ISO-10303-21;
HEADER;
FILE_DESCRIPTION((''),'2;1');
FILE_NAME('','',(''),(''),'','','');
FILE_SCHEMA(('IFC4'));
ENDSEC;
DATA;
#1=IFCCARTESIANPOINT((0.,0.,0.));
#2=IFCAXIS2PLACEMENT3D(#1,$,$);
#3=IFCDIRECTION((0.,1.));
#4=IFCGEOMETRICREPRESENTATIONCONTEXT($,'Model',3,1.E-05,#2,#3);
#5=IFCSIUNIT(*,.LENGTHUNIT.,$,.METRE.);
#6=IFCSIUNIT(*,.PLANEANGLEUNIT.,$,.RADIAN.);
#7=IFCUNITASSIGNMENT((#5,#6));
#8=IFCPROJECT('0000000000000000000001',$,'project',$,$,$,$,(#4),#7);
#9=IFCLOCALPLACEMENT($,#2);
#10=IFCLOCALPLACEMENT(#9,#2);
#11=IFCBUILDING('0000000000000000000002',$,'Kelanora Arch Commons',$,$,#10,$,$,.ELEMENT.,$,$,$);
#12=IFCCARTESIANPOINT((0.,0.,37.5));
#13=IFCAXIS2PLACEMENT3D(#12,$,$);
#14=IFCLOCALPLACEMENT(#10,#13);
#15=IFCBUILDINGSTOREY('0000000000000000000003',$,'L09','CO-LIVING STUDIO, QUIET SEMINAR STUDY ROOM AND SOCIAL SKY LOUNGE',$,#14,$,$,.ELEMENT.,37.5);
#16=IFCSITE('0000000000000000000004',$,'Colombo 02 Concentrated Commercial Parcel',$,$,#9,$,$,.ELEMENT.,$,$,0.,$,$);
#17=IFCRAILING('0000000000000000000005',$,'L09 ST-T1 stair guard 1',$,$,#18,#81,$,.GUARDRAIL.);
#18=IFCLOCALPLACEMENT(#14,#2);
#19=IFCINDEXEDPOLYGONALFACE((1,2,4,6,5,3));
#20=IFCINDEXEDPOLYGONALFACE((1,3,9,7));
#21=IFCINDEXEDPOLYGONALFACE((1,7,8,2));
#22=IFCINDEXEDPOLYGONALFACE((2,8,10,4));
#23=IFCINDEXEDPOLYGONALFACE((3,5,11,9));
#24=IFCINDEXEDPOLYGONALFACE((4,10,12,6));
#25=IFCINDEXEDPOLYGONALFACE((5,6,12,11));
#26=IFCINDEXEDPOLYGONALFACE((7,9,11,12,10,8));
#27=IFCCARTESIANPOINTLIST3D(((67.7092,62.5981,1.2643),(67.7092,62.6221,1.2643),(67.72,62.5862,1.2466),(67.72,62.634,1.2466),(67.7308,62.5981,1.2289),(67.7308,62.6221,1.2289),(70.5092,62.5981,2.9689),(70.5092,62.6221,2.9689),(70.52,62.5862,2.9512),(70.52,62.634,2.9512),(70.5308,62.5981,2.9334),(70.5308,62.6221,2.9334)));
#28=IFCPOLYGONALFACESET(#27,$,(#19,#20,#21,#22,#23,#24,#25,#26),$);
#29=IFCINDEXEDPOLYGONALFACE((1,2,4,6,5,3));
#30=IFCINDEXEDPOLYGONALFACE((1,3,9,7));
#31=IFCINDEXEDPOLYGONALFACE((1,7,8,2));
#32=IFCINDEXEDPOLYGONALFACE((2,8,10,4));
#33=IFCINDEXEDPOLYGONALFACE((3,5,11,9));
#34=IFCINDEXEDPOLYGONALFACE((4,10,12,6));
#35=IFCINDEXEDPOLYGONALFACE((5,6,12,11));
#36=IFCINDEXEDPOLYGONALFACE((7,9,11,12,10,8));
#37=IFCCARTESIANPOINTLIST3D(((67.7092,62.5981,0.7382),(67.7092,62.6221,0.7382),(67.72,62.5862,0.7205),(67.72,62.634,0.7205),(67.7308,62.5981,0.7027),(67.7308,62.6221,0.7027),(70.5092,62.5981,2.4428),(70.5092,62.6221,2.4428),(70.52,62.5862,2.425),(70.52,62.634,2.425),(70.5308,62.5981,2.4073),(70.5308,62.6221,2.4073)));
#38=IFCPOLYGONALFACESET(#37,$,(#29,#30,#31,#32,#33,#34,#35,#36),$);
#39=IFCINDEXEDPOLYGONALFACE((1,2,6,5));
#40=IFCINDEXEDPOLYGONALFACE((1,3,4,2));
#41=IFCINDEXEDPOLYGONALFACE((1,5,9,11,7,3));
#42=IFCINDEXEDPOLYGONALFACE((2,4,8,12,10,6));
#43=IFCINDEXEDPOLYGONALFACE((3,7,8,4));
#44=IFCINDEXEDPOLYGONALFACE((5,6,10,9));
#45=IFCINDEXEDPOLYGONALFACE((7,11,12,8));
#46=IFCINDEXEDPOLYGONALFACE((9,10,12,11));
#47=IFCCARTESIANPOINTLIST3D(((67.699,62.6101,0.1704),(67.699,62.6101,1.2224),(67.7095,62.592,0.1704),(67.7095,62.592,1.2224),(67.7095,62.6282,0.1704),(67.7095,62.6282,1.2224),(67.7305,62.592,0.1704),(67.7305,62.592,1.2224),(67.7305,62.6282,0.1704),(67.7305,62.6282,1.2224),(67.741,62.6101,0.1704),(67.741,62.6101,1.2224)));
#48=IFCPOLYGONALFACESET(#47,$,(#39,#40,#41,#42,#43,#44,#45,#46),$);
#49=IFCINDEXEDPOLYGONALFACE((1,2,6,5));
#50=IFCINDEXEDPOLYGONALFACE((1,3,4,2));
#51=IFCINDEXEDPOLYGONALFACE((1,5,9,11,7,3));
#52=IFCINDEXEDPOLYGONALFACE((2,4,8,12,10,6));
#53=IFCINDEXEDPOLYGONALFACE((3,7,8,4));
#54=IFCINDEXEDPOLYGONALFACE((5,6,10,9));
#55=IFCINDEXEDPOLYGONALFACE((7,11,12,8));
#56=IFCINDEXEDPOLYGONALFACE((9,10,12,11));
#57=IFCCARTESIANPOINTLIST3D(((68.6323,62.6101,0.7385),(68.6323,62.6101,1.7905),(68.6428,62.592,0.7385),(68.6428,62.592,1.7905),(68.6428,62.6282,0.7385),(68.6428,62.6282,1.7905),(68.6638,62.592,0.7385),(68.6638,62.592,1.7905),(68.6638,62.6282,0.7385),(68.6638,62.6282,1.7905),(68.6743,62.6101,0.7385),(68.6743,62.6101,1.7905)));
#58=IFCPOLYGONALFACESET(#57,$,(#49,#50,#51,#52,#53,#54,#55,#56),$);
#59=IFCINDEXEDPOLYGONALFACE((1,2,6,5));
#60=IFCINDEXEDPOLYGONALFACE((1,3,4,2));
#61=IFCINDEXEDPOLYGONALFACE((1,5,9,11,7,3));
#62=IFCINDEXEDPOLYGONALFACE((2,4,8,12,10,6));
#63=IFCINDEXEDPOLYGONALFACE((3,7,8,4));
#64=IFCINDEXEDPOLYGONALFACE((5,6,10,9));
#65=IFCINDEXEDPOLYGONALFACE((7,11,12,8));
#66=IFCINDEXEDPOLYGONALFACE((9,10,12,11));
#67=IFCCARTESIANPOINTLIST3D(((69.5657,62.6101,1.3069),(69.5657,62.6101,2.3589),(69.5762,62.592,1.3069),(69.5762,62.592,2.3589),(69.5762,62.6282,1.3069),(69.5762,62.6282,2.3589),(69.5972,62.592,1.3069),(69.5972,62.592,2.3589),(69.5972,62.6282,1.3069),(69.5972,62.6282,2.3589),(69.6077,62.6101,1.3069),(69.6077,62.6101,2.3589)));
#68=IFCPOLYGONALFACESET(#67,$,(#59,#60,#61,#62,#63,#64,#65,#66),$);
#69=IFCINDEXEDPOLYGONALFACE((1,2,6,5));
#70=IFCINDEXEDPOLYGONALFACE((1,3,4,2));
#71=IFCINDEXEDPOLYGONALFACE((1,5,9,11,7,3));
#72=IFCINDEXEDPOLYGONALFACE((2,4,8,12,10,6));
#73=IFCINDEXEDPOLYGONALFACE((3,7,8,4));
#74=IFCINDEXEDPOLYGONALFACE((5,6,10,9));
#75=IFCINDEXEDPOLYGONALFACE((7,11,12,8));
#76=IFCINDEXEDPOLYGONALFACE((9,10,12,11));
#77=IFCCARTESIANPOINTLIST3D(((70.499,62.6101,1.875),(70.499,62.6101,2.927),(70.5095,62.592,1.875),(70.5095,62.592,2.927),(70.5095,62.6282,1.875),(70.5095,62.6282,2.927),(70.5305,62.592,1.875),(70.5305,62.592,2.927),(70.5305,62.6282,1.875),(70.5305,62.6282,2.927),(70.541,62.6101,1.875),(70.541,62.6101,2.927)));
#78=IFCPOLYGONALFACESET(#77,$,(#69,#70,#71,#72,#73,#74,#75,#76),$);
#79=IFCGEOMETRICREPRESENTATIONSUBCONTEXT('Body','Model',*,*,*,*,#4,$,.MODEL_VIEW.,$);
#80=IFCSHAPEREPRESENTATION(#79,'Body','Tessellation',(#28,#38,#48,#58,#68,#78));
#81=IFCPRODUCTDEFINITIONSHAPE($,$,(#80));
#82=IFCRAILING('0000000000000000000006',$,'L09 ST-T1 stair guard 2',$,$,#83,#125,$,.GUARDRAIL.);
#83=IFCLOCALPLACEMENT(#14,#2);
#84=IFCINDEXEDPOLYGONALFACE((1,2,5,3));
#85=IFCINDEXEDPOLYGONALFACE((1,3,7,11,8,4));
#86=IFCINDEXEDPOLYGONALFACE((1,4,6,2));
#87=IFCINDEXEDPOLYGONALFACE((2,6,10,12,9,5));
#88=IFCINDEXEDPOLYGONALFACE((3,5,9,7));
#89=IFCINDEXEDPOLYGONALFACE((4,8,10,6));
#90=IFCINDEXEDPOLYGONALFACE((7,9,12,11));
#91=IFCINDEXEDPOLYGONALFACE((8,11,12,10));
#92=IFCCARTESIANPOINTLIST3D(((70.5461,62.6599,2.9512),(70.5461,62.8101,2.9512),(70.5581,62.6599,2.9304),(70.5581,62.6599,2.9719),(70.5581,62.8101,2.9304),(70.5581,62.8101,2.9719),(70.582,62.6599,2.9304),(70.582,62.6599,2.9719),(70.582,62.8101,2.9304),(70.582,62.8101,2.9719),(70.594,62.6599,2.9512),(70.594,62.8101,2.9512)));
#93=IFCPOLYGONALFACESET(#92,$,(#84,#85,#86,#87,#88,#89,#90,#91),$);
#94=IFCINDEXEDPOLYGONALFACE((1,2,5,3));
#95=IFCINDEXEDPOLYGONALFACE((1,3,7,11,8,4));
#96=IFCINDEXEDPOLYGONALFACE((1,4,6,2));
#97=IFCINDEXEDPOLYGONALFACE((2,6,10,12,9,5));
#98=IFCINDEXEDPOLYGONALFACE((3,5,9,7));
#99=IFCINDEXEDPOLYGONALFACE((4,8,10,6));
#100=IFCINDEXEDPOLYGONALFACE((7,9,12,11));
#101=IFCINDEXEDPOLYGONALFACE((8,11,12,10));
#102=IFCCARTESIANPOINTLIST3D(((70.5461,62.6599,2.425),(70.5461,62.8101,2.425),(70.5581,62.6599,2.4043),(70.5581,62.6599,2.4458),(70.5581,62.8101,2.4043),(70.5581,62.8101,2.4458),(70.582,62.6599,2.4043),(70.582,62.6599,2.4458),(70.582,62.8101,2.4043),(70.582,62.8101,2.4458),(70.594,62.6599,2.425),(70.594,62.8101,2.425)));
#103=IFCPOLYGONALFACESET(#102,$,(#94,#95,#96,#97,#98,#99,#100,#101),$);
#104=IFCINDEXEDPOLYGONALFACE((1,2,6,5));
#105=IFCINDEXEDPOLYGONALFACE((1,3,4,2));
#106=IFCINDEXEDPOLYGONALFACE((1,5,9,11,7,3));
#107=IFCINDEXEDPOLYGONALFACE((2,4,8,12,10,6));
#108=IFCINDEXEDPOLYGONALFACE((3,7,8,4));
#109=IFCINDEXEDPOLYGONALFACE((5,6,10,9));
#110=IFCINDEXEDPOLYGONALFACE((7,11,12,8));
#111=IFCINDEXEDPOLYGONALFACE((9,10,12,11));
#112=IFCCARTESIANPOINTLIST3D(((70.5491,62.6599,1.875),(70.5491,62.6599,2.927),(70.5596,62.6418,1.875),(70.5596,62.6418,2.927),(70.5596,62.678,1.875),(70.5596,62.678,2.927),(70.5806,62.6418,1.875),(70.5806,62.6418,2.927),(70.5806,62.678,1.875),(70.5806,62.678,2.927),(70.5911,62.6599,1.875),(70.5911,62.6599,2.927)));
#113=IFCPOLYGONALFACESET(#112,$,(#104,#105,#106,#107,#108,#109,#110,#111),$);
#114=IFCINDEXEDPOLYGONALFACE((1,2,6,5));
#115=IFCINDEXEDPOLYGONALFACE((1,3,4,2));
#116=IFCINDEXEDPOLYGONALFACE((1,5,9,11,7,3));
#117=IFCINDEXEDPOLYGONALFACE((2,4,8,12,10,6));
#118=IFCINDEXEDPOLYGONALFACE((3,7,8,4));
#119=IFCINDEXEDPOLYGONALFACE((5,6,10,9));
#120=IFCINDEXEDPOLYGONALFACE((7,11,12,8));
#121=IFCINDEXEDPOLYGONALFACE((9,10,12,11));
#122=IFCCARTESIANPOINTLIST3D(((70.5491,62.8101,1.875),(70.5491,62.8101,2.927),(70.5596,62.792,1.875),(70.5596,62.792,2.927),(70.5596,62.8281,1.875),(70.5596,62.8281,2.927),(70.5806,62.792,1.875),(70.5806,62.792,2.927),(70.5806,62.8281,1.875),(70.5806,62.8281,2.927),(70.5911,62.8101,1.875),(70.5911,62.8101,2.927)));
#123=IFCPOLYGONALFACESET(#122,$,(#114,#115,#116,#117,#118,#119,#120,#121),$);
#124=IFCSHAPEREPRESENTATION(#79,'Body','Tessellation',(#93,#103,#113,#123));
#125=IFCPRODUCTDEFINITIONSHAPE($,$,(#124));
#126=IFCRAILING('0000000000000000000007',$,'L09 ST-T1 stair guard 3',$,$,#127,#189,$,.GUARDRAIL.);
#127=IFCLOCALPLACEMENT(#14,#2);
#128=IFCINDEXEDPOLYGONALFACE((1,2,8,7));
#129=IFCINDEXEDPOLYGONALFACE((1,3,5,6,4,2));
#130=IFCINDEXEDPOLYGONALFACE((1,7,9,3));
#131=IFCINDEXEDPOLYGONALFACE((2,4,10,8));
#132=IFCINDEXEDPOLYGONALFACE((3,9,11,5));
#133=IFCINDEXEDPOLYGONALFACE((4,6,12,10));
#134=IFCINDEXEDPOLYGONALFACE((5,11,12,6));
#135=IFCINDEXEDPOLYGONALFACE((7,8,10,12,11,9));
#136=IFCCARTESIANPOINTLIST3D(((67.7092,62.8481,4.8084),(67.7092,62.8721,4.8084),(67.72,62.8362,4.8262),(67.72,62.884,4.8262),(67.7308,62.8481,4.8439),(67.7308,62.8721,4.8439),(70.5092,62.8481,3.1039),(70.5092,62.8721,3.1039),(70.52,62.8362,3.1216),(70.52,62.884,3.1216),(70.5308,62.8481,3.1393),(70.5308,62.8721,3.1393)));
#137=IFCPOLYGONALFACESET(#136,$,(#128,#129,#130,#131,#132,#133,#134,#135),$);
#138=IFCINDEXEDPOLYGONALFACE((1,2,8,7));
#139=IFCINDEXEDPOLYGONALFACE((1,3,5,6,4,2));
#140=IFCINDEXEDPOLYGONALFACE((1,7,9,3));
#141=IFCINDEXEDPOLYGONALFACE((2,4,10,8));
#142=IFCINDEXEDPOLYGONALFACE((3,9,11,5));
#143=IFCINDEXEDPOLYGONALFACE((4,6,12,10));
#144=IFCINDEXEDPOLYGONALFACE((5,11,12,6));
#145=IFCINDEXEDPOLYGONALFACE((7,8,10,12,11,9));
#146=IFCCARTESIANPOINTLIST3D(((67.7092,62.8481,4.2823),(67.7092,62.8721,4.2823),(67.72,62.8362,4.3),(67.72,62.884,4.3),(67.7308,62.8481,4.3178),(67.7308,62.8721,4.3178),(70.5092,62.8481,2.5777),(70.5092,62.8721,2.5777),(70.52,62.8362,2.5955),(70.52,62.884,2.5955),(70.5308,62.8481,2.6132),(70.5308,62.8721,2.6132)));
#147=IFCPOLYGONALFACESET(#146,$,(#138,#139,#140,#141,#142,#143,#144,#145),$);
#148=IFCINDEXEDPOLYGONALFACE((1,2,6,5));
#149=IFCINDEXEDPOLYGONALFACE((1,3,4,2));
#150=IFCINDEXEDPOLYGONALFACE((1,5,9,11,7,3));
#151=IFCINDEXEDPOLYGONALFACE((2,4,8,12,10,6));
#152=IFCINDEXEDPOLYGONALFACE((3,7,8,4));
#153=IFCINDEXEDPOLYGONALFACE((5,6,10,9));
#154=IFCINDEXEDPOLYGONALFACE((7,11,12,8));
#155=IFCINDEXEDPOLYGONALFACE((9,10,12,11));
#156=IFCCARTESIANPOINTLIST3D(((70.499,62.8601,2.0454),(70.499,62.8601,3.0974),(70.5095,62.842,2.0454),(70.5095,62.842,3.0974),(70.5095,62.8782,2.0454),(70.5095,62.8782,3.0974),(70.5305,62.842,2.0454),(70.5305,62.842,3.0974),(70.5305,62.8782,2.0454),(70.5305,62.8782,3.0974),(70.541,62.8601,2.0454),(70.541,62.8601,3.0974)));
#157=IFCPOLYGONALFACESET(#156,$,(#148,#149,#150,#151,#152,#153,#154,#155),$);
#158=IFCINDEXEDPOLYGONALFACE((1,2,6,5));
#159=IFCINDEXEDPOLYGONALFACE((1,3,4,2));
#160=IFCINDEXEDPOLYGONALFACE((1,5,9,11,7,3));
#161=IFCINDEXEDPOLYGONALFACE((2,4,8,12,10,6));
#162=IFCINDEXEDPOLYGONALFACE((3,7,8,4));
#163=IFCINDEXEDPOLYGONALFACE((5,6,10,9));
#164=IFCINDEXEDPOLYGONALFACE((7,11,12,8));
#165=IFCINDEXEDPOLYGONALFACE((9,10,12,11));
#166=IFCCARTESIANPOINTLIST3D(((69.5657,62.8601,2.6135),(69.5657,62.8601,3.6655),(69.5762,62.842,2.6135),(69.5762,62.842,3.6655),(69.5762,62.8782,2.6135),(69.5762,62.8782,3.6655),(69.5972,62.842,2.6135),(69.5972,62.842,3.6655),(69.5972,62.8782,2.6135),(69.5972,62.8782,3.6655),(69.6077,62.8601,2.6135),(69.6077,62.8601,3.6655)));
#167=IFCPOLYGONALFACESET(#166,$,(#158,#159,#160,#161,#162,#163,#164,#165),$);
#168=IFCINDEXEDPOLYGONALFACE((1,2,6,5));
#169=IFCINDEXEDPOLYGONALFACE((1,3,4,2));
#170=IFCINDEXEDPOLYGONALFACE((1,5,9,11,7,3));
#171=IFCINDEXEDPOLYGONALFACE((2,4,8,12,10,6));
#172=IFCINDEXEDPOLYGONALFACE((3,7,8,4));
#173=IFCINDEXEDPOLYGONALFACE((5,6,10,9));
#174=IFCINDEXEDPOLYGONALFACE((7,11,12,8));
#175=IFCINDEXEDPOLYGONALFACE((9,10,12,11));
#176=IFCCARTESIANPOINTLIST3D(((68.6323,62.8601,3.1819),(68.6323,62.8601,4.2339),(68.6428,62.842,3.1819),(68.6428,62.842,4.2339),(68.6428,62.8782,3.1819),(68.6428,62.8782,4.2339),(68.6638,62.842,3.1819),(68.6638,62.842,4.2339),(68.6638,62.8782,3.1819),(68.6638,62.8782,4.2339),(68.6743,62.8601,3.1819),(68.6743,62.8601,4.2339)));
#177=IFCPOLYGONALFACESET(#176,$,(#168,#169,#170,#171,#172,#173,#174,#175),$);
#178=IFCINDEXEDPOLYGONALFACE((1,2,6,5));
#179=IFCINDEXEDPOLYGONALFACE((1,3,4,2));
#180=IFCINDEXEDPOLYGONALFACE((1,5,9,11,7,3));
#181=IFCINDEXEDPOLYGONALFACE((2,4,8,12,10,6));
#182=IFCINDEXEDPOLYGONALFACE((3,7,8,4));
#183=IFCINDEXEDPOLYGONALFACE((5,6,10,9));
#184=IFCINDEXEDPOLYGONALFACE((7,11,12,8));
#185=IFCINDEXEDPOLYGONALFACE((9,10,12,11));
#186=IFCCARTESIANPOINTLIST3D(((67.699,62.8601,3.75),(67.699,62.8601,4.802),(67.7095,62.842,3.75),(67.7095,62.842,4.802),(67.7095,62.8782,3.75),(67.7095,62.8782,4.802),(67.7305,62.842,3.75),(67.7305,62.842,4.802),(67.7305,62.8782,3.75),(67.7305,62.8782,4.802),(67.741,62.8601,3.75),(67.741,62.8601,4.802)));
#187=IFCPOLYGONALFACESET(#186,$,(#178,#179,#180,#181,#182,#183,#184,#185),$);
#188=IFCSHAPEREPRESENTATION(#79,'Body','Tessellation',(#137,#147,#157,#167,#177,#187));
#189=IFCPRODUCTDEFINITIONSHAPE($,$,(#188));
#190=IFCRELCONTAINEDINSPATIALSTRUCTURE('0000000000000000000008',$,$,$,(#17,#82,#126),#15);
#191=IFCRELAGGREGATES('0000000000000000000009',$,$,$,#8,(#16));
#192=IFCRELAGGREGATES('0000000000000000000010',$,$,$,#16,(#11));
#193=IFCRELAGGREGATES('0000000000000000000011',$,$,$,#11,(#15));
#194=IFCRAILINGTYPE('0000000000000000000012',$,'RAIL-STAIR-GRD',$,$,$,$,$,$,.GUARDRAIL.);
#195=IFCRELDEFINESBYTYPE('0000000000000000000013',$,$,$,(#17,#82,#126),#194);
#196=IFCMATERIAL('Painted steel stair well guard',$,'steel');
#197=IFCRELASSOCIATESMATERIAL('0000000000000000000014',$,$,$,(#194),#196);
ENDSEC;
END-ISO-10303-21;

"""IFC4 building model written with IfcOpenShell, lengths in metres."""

from ifc_helpers import new_model, si_unit, direction, frame, origin, place, context, subcontext, project, spatial, polyline, outline, extrude, material, type_object, element, save


model = new_model("IFC4")

# Units and contexts
model_context = context("Model", 3, precision=1e-05, world=origin(), true_north=direction((0.0, 1.0)))
body_context = subcontext(model_context, "Body", "Model", "MODEL_VIEW")
ifc_project = project(units=[si_unit("LENGTHUNIT", "METRE"), si_unit("PLANEANGLEUNIT", "RADIAN")], contexts=[model_context])

# Site, building, storey
site_placement = place(None, origin())
site = spatial("IfcSite", under=ifc_project, at=site_placement, Name="Colombo 02 Concentrated Commercial Parcel", CompositionType="ELEMENT", RefElevation=0.0)
building_placement = place(site_placement, origin())
building = spatial("IfcBuilding", under=site, at=building_placement, Name="Kelanora Arch Commons", CompositionType="ELEMENT")
storey_placement = place(building_placement, frame((0.0, 0.0, 37.5)))
storey = spatial("IfcBuildingStorey", under=building, at=storey_placement, Name="L09", Description="CO-LIVING STUDIO, QUIET SEMINAR STUDY ROOM AND SOCIAL SKY LOUNGE", CompositionType="ELEMENT", Elevation=37.5)

# Railings
ifc_material_1 = material(Name="Painted steel stair well guard", Category="steel")
railing_type_1 = type_object("IfcRailingType", Name="RAIL-STAIR-GRD", PredefinedType="GUARDRAIL", material=ifc_material_1)
railing_1_placement = place(storey_placement, frame((67.72, 62.6101, 0.1704)))
element("IfcRailing", 1, at=railing_1_placement, inside=storey, type_object=railing_type_1, Name="L09 ST-T1 stair guard 1", PredefinedType="GUARDRAIL", context=body_context, shape_type="SweptSolid", body=[
    extrude(outline(polyline([(0.0239, 0.0), (0.012, 0.0208), (-0.012, 0.0208), (-0.0239, 0.0), (-0.012, -0.0208), (0.012, -0.0208), (0.0239, 0.0)])), frame((0.0, 0.0, 1.0762), z_axis=(0.85417, 0.0, 0.519994), x_axis=(0.0, 1.0, 0.0)), (0.0, 0.0, 1.0), 3.2781),
    extrude(outline(polyline([(0.0239, 0.0), (0.012, 0.0208), (-0.012, 0.0208), (-0.0239, 0.0), (-0.012, -0.0208), (0.012, -0.0208), (0.0239, 0.0)])), frame((0.0, 0.0, 0.55), z_axis=(0.85417, 0.0, 0.519994), x_axis=(0.0, 1.0, 0.0)), (0.0, 0.0, 1.0), 3.2781),
    extrude(outline(polyline([(0.021, 0.0), (0.0105, 0.0181), (-0.0105, 0.0181), (-0.021, 0.0), (-0.0105, -0.0181), (0.0105, -0.0181), (0.021, 0.0)])), origin(), (0.0, 0.0, 1.0), 1.052),
    extrude(outline(polyline([(0.021, 0.0), (0.0105, 0.0181), (-0.0105, 0.0181), (-0.021, 0.0), (-0.0105, -0.0181), (0.0105, -0.0181), (0.021, 0.0)])), frame((0.9333, 0.0, 0.5681)), (0.0, 0.0, 1.0), 1.052),
    extrude(outline(polyline([(0.021, 0.0), (0.0105, 0.0181), (-0.0105, 0.0181), (-0.021, 0.0), (-0.0105, -0.0181), (0.0105, -0.0181), (0.021, 0.0)])), frame((1.8667, 0.0, 1.1365)), (0.0, 0.0, 1.0), 1.052),
    extrude(outline(polyline([(0.021, 0.0), (0.0105, 0.0181), (-0.0105, 0.0181), (-0.021, 0.0), (-0.0105, -0.0181), (0.0105, -0.0181), (0.021, 0.0)])), frame((2.8, 0.0, 1.7046)), (0.0, 0.0, 1.0), 1.052),
])
railing_2_placement = place(storey_placement, frame((70.5701, 62.6599, 1.875)))
element("IfcRailing", 2, at=railing_2_placement, inside=storey, type_object=railing_type_1, Name="L09 ST-T1 stair guard 2", PredefinedType="GUARDRAIL", context=body_context, shape_type="SweptSolid", body=[
    extrude(outline(polyline([(0.0239, 0.0), (0.012, 0.0208), (-0.012, 0.0208), (-0.0239, 0.0), (-0.012, -0.0208), (0.012, -0.0208), (0.0239, 0.0)])), frame((0.0, 0.0, 1.0762), z_axis=(0.0, 1.0, 0.0), x_axis=(-1.0, 0.0, 0.0)), (0.0, 0.0, 1.0), 0.1501),
    extrude(outline(polyline([(0.0239, 0.0), (0.012, 0.0208), (-0.012, 0.0208), (-0.0239, 0.0), (-0.012, -0.0208), (0.012, -0.0208), (0.0239, 0.0)])), frame((0.0, 0.0, 0.55), z_axis=(0.0, 1.0, 0.0), x_axis=(-1.0, 0.0, 0.0)), (0.0, 0.0, 1.0), 0.1501),
    extrude(outline(polyline([(0.021, 0.0), (0.0105, 0.0181), (-0.0105, 0.0181), (-0.021, 0.0), (-0.0105, -0.0181), (0.0105, -0.0181), (0.021, 0.0)])), origin(), (0.0, 0.0, 1.0), 1.052),
    extrude(outline(polyline([(0.021, 0.0), (0.0105, 0.0181), (-0.0105, 0.0181), (-0.021, 0.0), (-0.0105, -0.0181), (0.0105, -0.0181), (0.021, 0.0)])), frame((0.0, 0.1501, 0.0)), (0.0, 0.0, 1.0), 1.052),
])
railing_3_placement = place(storey_placement, frame((70.52, 62.8601, 2.0454)))
element("IfcRailing", 3, at=railing_3_placement, inside=storey, type_object=railing_type_1, Name="L09 ST-T1 stair guard 3", PredefinedType="GUARDRAIL", context=body_context, shape_type="SweptSolid", body=[
    extrude(outline(polyline([(0.0239, 0.0), (0.012, 0.0208), (-0.012, 0.0208), (-0.0239, 0.0), (-0.012, -0.0208), (0.012, -0.0208), (0.0239, 0.0)])), frame((0.0, 0.0, 1.0762), z_axis=(-0.85417, 0.0, 0.519994), x_axis=(0.0, -1.0, 0.0)), (0.0, 0.0, 1.0), 3.2781),
    extrude(outline(polyline([(0.0239, 0.0), (0.012, 0.0208), (-0.012, 0.0208), (-0.0239, 0.0), (-0.012, -0.0208), (0.012, -0.0208), (0.0239, 0.0)])), frame((0.0, 0.0, 0.55), z_axis=(-0.85417, 0.0, 0.519994), x_axis=(0.0, -1.0, 0.0)), (0.0, 0.0, 1.0), 3.2781),
    extrude(outline(polyline([(0.021, 0.0), (0.0105, 0.0181), (-0.0105, 0.0181), (-0.021, 0.0), (-0.0105, -0.0181), (0.0105, -0.0181), (0.021, 0.0)])), origin(), (0.0, 0.0, 1.0), 1.052),
    extrude(outline(polyline([(0.021, 0.0), (0.0105, 0.0181), (-0.0105, 0.0181), (-0.021, 0.0), (-0.0105, -0.0181), (0.0105, -0.0181), (0.021, 0.0)])), frame((-0.9333, 0.0, 0.5681)), (0.0, 0.0, 1.0), 1.052),
    extrude(outline(polyline([(0.021, 0.0), (0.0105, 0.0181), (-0.0105, 0.0181), (-0.021, 0.0), (-0.0105, -0.0181), (0.0105, -0.0181), (0.021, 0.0)])), frame((-1.8667, 0.0, 1.1365)), (0.0, 0.0, 1.0), 1.052),
    extrude(outline(polyline([(0.021, 0.0), (0.0105, 0.0181), (-0.0105, 0.0181), (-0.021, 0.0), (-0.0105, -0.0181), (0.0105, -0.0181), (0.021, 0.0)])), frame((-2.8, 0.0, 1.7046)), (0.0, 0.0, 1.0), 1.052),
])

save(model, "model.ifc")
